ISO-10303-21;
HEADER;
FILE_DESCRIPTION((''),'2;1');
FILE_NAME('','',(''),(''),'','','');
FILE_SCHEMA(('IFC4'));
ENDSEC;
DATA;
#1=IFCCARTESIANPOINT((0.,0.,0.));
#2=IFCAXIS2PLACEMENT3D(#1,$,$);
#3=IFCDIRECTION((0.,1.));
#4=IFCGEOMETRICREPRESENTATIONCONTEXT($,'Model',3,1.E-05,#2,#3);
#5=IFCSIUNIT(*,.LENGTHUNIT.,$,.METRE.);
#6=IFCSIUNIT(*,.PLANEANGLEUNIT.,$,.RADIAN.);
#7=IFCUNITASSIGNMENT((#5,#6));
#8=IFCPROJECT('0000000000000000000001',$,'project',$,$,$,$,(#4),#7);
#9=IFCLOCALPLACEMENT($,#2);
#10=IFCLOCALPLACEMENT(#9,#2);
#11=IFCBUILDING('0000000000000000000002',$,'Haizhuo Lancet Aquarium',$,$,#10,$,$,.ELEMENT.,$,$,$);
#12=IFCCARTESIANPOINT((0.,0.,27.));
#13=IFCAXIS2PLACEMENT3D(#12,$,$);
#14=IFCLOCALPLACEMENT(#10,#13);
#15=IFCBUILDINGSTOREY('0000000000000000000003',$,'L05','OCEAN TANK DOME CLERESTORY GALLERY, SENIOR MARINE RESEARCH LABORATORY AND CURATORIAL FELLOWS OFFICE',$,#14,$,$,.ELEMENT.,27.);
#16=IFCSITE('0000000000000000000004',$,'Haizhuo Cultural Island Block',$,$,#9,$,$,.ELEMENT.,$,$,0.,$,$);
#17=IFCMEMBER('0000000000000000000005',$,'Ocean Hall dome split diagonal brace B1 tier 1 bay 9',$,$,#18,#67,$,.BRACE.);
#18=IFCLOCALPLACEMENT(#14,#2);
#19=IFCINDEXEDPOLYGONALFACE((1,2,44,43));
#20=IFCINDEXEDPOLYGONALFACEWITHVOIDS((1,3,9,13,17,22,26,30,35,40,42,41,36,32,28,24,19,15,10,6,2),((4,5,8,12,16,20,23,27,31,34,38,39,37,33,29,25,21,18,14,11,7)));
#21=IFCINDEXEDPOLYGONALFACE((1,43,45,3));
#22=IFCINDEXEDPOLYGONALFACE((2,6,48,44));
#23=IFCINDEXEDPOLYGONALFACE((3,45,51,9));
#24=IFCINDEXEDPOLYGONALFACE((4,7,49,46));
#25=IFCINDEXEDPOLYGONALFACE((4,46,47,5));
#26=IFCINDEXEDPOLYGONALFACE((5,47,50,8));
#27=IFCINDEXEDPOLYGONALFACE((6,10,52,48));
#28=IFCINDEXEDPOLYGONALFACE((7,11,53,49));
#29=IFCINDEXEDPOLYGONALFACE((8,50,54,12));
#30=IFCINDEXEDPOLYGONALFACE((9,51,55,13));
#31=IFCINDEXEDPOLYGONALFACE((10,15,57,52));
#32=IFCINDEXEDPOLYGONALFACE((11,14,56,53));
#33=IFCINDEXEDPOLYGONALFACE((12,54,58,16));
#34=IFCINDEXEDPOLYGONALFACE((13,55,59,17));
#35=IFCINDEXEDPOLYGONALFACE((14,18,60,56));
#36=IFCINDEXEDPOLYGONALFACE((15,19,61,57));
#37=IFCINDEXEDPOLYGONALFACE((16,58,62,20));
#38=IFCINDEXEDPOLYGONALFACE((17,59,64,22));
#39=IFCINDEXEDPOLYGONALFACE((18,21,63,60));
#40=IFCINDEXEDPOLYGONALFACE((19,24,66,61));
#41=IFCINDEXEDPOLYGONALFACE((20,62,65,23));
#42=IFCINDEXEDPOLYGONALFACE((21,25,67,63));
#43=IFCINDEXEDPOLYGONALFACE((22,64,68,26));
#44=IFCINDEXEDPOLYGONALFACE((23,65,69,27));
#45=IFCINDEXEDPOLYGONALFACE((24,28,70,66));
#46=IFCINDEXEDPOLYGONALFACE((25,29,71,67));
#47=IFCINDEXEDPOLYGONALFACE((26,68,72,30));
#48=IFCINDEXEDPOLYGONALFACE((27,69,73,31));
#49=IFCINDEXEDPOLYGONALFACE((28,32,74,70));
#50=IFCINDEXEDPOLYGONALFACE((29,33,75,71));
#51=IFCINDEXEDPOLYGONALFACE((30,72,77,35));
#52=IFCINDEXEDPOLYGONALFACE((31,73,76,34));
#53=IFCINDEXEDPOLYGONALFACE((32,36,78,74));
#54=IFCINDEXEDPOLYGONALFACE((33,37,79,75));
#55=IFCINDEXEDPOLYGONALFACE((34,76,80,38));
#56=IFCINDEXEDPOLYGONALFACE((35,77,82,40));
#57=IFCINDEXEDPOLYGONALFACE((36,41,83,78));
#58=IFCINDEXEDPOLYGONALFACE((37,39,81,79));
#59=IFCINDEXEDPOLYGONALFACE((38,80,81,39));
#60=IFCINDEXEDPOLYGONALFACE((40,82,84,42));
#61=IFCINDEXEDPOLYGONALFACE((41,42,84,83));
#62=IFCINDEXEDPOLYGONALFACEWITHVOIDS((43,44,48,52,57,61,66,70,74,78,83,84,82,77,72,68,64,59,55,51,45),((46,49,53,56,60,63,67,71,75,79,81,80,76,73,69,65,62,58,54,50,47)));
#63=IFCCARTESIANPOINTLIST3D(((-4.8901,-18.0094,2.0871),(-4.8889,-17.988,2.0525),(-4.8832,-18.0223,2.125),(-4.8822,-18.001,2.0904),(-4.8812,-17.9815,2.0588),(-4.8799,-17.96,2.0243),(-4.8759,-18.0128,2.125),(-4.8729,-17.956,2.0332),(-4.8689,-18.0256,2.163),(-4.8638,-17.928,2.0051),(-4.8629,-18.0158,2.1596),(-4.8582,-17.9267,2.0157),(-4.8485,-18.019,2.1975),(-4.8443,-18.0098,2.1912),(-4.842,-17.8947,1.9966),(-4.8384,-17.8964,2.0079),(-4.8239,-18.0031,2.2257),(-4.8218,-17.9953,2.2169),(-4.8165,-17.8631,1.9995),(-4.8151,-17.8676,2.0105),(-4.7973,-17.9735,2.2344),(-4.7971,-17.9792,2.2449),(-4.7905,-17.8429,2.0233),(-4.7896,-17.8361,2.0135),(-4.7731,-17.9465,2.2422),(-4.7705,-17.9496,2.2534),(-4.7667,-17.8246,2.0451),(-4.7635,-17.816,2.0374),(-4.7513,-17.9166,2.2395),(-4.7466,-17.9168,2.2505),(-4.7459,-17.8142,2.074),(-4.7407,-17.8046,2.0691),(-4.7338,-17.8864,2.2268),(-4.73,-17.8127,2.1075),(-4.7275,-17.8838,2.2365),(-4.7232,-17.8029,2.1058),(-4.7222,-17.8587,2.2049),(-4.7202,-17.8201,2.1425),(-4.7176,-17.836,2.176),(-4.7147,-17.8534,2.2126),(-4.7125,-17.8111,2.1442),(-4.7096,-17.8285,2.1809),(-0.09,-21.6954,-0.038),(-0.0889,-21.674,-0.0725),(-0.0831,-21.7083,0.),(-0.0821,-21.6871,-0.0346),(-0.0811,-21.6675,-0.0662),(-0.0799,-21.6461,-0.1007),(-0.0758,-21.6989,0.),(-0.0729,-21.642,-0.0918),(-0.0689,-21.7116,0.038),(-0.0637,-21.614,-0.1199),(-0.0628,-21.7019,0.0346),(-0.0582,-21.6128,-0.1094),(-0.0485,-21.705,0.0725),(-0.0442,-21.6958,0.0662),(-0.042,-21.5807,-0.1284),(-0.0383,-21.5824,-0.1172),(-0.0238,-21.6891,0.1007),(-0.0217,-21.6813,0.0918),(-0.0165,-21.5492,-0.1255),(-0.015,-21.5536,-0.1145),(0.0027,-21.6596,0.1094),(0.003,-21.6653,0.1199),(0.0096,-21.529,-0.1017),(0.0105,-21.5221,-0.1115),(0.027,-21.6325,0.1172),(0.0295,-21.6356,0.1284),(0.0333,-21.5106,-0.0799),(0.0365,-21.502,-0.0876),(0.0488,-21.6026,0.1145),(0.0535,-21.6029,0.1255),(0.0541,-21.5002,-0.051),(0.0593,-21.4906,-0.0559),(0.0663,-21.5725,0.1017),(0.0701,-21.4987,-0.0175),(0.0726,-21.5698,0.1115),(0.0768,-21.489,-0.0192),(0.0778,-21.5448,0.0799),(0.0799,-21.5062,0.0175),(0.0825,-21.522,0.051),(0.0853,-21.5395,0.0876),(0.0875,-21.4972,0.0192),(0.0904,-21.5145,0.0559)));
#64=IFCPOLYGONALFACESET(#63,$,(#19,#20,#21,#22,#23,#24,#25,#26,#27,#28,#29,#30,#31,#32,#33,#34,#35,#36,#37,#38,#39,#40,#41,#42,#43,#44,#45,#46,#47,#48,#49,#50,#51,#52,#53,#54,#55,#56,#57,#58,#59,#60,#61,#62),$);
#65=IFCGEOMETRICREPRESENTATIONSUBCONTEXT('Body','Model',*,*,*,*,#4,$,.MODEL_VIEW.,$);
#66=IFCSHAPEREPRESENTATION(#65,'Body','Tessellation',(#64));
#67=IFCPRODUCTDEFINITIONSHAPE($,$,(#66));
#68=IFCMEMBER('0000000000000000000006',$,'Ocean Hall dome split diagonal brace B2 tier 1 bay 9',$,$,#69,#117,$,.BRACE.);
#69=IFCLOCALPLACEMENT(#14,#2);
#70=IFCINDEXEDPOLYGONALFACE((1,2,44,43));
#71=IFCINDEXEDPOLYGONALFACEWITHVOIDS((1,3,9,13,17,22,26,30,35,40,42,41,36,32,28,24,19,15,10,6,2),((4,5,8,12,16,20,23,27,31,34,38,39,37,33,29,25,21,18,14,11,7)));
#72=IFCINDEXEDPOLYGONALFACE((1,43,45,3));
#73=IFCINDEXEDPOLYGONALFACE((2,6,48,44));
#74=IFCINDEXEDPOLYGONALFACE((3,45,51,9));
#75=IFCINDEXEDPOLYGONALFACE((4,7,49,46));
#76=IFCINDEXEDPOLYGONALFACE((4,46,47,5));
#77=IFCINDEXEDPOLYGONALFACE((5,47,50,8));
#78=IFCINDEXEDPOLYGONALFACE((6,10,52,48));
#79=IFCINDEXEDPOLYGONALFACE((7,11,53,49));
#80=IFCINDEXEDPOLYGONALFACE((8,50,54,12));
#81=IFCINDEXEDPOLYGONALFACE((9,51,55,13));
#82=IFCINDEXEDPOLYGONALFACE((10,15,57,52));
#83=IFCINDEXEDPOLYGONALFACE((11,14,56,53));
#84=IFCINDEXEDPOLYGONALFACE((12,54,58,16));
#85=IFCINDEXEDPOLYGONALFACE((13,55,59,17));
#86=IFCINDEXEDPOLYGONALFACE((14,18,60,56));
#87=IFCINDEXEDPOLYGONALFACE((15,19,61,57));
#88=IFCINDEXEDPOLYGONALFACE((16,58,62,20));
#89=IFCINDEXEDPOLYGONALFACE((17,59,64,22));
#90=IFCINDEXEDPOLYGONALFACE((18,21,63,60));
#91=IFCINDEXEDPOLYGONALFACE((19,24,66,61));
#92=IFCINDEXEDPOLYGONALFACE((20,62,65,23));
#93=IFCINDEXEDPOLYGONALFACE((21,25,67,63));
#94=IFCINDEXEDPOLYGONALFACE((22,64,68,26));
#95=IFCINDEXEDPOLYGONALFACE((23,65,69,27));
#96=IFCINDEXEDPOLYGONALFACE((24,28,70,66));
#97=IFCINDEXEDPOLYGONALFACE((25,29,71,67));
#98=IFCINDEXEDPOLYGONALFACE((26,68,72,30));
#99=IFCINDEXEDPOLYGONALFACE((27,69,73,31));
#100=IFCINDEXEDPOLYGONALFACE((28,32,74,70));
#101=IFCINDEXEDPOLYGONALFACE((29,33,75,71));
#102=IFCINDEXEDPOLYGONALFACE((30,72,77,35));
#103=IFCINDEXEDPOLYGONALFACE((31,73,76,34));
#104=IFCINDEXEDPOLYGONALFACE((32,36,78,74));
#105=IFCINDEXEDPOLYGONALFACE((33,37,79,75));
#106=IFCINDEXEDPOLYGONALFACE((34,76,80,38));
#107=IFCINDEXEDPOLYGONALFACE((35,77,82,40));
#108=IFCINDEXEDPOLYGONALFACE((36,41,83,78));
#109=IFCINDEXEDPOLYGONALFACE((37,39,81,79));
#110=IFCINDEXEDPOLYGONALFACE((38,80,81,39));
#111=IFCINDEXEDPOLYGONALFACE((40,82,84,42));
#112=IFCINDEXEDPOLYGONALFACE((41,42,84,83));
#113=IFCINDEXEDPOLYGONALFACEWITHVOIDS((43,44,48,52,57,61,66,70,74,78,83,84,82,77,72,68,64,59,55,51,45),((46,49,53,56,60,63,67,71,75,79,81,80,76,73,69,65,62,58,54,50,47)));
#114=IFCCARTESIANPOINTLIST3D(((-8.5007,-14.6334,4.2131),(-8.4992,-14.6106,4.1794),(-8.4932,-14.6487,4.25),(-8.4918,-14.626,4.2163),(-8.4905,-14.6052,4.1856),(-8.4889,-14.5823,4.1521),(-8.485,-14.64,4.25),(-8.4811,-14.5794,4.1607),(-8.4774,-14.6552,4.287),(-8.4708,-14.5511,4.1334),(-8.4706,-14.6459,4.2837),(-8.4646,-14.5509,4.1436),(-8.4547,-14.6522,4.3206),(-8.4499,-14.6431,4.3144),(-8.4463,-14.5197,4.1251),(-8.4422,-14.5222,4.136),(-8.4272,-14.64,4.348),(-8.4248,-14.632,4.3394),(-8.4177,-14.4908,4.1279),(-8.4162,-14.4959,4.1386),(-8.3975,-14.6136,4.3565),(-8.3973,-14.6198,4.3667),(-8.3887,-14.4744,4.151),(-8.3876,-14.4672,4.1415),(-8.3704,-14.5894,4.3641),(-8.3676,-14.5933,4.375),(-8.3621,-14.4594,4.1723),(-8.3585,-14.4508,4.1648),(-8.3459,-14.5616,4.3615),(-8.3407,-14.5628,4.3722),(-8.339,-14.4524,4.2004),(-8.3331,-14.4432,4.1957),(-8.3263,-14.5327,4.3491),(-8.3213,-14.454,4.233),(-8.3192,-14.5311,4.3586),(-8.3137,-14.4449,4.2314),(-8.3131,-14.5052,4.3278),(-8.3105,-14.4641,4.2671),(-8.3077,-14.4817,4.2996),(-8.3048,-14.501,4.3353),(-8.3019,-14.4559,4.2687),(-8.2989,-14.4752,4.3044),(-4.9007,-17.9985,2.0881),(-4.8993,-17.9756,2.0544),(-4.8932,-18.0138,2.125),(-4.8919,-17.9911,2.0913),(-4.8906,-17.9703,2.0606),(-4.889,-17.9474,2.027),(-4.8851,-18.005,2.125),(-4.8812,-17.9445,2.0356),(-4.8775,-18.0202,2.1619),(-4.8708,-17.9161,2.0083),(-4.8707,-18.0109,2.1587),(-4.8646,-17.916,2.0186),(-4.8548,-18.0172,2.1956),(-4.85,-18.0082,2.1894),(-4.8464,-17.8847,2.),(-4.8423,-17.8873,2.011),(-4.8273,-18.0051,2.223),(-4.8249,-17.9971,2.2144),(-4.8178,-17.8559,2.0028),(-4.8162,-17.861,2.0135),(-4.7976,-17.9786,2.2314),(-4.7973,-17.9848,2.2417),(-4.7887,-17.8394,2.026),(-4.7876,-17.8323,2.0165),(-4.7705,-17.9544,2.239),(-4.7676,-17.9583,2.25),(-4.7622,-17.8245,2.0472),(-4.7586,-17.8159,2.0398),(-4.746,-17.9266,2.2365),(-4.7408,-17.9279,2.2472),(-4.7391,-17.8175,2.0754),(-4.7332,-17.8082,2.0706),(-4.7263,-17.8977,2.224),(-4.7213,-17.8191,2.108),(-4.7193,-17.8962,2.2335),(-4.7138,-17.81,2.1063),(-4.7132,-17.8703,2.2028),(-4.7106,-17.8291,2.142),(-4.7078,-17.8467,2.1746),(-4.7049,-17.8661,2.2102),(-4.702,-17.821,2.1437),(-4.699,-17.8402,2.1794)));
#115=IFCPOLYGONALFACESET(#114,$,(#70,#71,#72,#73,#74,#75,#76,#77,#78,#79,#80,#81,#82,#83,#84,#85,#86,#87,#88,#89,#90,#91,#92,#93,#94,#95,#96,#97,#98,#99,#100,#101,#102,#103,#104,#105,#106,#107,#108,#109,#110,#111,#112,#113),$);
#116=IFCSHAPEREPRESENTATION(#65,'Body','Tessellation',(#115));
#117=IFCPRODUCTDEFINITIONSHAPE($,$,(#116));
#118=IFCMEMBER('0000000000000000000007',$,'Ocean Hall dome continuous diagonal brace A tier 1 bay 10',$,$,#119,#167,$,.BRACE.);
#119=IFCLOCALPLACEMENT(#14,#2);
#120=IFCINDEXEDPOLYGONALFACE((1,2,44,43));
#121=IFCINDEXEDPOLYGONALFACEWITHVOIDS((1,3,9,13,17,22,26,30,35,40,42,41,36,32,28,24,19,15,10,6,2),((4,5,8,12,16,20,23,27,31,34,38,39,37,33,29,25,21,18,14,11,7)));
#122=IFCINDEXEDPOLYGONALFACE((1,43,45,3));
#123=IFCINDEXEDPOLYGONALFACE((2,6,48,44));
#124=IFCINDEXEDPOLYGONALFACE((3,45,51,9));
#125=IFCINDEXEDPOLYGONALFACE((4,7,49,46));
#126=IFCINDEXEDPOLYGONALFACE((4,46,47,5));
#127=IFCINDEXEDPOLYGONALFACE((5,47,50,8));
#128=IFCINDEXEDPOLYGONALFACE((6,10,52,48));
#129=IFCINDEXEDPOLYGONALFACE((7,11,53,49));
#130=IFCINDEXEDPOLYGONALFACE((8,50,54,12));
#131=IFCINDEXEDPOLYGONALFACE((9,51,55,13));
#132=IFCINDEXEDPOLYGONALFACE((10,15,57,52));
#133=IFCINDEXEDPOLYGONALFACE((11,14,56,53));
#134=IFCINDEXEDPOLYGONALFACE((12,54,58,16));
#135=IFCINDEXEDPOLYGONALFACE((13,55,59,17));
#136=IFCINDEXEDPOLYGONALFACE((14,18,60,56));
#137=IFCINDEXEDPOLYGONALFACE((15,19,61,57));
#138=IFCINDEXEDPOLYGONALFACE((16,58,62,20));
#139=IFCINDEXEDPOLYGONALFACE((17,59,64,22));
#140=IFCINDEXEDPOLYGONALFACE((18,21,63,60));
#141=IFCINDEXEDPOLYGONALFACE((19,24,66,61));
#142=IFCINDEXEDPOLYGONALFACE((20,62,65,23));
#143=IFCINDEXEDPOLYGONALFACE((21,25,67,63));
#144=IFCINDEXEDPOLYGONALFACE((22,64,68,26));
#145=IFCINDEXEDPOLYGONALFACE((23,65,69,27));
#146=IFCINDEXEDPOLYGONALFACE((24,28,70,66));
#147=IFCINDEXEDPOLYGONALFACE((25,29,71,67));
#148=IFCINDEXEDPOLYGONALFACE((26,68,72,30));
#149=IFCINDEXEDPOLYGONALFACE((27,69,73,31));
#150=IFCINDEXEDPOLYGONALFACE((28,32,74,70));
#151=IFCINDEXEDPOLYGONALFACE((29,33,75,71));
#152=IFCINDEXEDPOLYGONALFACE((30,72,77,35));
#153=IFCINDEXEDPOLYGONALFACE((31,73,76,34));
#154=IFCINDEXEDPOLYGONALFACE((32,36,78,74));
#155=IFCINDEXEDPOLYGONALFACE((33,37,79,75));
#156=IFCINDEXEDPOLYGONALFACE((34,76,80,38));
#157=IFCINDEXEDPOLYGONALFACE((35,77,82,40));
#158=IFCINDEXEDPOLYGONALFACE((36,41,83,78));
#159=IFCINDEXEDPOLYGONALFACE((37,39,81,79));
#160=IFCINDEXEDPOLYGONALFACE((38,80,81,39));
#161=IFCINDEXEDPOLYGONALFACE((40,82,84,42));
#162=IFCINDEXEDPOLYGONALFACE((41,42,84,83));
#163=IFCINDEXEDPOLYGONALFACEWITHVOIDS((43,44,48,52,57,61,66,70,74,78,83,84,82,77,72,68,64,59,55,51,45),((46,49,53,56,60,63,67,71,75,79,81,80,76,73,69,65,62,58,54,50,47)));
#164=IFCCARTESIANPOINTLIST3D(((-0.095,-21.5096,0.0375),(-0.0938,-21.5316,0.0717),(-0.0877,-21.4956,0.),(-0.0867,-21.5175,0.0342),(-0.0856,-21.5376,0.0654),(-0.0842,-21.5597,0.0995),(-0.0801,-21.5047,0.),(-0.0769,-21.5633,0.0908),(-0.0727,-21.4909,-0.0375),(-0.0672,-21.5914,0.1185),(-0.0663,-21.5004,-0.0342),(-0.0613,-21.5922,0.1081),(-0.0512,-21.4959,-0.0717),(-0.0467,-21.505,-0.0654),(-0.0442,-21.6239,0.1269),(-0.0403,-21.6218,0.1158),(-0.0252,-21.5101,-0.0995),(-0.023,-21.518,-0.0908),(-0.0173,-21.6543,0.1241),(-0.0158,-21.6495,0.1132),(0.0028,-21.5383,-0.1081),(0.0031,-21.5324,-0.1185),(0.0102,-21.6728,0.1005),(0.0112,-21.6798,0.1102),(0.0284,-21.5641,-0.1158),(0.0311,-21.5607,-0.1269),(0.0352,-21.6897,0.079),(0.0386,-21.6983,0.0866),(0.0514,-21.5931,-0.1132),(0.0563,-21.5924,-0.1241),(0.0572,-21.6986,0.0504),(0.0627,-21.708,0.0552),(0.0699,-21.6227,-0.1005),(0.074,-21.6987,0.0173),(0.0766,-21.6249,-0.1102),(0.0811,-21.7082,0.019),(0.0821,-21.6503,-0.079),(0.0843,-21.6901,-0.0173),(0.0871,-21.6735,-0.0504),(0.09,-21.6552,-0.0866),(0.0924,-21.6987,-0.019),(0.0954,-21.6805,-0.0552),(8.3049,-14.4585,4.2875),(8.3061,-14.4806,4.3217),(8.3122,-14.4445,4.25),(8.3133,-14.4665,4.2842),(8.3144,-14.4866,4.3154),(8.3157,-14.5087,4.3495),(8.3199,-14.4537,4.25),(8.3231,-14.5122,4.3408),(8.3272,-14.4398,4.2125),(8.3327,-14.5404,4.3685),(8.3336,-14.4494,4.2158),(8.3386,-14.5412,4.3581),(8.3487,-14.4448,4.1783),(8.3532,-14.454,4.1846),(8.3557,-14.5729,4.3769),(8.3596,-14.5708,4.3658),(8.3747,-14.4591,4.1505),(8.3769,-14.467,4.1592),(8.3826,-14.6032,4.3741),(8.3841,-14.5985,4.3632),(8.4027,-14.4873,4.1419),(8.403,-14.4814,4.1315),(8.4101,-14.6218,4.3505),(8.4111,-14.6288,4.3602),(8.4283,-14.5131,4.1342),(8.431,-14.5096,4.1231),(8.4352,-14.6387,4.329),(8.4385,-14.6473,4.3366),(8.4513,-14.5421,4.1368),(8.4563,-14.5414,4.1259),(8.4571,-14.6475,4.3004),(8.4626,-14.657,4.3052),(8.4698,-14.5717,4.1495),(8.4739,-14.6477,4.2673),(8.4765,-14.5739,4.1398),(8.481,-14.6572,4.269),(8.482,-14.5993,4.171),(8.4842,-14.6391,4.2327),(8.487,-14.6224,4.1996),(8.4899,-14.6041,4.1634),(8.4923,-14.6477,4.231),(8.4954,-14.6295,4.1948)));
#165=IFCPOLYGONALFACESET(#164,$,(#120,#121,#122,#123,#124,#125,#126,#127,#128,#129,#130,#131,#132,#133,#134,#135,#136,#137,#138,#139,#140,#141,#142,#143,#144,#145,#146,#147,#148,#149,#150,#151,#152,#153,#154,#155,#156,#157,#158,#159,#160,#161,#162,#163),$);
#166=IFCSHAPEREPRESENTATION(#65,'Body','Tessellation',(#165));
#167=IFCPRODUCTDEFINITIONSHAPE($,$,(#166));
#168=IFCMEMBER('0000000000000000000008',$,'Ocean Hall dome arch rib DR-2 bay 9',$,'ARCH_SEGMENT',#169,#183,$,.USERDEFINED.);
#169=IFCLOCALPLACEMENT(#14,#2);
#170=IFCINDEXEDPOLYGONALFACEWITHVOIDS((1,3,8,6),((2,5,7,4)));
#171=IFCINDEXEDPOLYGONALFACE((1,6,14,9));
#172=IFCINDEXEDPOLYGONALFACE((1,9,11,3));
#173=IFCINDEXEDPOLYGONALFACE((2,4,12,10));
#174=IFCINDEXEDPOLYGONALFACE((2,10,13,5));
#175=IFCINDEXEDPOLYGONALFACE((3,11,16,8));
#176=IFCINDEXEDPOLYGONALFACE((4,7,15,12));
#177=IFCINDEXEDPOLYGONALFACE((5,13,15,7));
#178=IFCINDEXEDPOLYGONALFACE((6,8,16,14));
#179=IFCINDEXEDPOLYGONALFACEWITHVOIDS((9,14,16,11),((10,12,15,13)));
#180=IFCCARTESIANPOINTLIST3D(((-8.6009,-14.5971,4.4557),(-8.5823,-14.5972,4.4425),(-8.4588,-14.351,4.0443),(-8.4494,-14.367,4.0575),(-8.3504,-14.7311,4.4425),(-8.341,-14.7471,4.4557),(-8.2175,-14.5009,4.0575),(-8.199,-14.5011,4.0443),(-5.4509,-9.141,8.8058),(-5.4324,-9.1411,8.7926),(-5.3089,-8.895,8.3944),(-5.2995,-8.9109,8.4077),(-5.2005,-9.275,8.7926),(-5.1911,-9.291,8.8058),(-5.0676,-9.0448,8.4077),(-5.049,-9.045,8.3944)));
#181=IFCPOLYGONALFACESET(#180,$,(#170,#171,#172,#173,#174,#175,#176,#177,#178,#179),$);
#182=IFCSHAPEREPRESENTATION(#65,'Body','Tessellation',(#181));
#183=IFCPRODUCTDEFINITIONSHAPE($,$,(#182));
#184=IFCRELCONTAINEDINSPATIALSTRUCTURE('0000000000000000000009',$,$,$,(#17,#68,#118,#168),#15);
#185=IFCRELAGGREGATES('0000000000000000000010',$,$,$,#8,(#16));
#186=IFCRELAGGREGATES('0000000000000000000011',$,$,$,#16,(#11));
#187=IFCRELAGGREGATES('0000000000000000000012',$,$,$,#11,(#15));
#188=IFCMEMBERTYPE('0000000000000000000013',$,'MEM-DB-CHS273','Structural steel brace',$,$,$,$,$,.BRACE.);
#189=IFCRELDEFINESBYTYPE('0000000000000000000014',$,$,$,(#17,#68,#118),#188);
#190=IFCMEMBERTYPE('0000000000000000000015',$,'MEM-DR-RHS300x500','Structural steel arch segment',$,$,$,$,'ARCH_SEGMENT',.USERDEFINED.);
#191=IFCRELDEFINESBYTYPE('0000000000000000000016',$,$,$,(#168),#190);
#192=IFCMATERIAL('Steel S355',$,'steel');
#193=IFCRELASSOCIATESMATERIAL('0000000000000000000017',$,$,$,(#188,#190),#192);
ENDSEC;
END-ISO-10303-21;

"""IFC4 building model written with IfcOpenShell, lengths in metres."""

from ifc_helpers import new_model, si_unit, direction, frame, origin, origin_2d, place, context, subcontext, project, spatial, hollow_rectangle, hollow_circle, extrude, material, material_profile, profile_set, type_object, element, save


model = new_model("IFC4")

# Units and contexts
model_context = context("Model", 3, precision=1e-05, world=origin(), true_north=direction((0.0, 1.0)))
body_context = subcontext(model_context, "Body", "Model", "MODEL_VIEW")
ifc_project = project(units=[si_unit("LENGTHUNIT", "METRE"), si_unit("PLANEANGLEUNIT", "RADIAN")], contexts=[model_context])

# Site, building, storey
site_placement = place(None, origin())
site = spatial("IfcSite", under=ifc_project, at=site_placement, Name="Haizhuo Cultural Island Block", CompositionType="ELEMENT", RefElevation=0.0)
building_placement = place(site_placement, origin())
building = spatial("IfcBuilding", under=site, at=building_placement, Name="Haizhuo Lancet Aquarium", CompositionType="ELEMENT")
storey_placement = place(building_placement, frame((0.0, 0.0, 27.0)))
storey = spatial("IfcBuildingStorey", under=building, at=storey_placement, Name="L05", Description="OCEAN TANK DOME CLERESTORY GALLERY, SENIOR MARINE RESEARCH LABORATORY AND CURATORIAL FELLOWS OFFICE", CompositionType="ELEMENT", Elevation=27.0)

# Members
ifc_material_1 = material(Name="Steel S355", Category="steel")
ifc_material_profile_1 = material_profile(ifc_material_1, hollow_circle(Radius=0.1365, WallThickness=0.012, at=origin_2d()), Name="CHS 273x12")
ifc_profile_set_1 = profile_set([ifc_material_profile_1], Name="Steel S355")
member_type_1 = type_object("IfcMemberType", Name="MEM-DB-CHS273", Description="Structural steel brace", PredefinedType="BRACE", material=ifc_profile_set_1)
member_1_placement = place(storey_placement, frame((0.0, -21.6001, 0.0), z_axis=(-0.748338, 0.574661, 0.331292), x_axis=(-0.609056, -0.793128, 0.0)))
element("IfcMember", 1, at=member_1_placement, inside=storey, type_object=member_type_1, Name="Ocean Hall dome split diagonal brace B1 tier 1 bay 9", PredefinedType="BRACE", context=body_context, shape_type="SweptSolid", body=[
    extrude(hollow_circle(Radius=0.1365, WallThickness=0.012, at=origin_2d()), origin(), (0.0, 0.0, 1.0), 6.4143),
])
member_2_placement = place(storey_placement, frame((-4.8, -17.9141, 2.125), z_axis=(-0.67082, 0.627054, 0.395986), x_axis=(-0.682874, -0.730536, 0.0)))
element("IfcMember", 2, at=member_2_placement, inside=storey, type_object=member_type_1, Name="Ocean Hall dome split diagonal brace B2 tier 1 bay 9", PredefinedType="BRACE", context=body_context, shape_type="SweptSolid", body=[
    extrude(hollow_circle(Radius=0.1365, WallThickness=0.012, at=origin_2d()), origin(), (0.0, 0.0, 1.0), 5.3665),
])
member_3_placement = place(storey_placement, frame((0.0, -21.6001, 0.0), z_axis=(0.714174, 0.59949, 0.361342), x_axis=(-0.64293, 0.765925, 0.0)))
element("IfcMember", 3, at=member_3_placement, inside=storey, type_object=member_type_1, Name="Ocean Hall dome continuous diagonal brace A tier 1 bay 10", PredefinedType="BRACE", context=body_context, shape_type="SweptSolid", body=[
    extrude(hollow_circle(Radius=0.1365, WallThickness=0.012, at=origin_2d()), origin(), (0.0, 0.0, 1.0), 11.7617),
])
ifc_material_profile_2 = material_profile(ifc_material_1, hollow_rectangle(XDim=0.3, YDim=0.5, WallThickness=0.0161, at=origin_2d()), Name="RHS 300x500x16")
ifc_profile_set_2 = profile_set([ifc_material_profile_2], Name="Steel S355")
member_type_2 = type_object("IfcMemberType", Name="MEM-DR-RHS300x500", Description="Structural steel arch segment", ElementType="ARCH_SEGMENT", PredefinedType="USERDEFINED", material=ifc_profile_set_2)
member_4_placement = place(storey_placement, frame((-8.3999, -14.5491, 4.25), z_axis=(0.411431, 0.712654, 0.568197), x_axis=(-0.866036, 0.499982, 0.0)))
element("IfcMember", 4, at=member_4_placement, inside=storey, type_object=member_type_2, Name="Ocean Hall dome arch rib DR-2 bay 9", ObjectType="ARCH_SEGMENT", PredefinedType="USERDEFINED", context=body_context, shape_type="SweptSolid", body=[
    extrude(hollow_rectangle(XDim=0.3, YDim=0.5, WallThickness=0.0161, at=origin_2d()), origin(), (0.0, 0.0, 1.0), 7.656),
])

save(model, "model.ifc")
